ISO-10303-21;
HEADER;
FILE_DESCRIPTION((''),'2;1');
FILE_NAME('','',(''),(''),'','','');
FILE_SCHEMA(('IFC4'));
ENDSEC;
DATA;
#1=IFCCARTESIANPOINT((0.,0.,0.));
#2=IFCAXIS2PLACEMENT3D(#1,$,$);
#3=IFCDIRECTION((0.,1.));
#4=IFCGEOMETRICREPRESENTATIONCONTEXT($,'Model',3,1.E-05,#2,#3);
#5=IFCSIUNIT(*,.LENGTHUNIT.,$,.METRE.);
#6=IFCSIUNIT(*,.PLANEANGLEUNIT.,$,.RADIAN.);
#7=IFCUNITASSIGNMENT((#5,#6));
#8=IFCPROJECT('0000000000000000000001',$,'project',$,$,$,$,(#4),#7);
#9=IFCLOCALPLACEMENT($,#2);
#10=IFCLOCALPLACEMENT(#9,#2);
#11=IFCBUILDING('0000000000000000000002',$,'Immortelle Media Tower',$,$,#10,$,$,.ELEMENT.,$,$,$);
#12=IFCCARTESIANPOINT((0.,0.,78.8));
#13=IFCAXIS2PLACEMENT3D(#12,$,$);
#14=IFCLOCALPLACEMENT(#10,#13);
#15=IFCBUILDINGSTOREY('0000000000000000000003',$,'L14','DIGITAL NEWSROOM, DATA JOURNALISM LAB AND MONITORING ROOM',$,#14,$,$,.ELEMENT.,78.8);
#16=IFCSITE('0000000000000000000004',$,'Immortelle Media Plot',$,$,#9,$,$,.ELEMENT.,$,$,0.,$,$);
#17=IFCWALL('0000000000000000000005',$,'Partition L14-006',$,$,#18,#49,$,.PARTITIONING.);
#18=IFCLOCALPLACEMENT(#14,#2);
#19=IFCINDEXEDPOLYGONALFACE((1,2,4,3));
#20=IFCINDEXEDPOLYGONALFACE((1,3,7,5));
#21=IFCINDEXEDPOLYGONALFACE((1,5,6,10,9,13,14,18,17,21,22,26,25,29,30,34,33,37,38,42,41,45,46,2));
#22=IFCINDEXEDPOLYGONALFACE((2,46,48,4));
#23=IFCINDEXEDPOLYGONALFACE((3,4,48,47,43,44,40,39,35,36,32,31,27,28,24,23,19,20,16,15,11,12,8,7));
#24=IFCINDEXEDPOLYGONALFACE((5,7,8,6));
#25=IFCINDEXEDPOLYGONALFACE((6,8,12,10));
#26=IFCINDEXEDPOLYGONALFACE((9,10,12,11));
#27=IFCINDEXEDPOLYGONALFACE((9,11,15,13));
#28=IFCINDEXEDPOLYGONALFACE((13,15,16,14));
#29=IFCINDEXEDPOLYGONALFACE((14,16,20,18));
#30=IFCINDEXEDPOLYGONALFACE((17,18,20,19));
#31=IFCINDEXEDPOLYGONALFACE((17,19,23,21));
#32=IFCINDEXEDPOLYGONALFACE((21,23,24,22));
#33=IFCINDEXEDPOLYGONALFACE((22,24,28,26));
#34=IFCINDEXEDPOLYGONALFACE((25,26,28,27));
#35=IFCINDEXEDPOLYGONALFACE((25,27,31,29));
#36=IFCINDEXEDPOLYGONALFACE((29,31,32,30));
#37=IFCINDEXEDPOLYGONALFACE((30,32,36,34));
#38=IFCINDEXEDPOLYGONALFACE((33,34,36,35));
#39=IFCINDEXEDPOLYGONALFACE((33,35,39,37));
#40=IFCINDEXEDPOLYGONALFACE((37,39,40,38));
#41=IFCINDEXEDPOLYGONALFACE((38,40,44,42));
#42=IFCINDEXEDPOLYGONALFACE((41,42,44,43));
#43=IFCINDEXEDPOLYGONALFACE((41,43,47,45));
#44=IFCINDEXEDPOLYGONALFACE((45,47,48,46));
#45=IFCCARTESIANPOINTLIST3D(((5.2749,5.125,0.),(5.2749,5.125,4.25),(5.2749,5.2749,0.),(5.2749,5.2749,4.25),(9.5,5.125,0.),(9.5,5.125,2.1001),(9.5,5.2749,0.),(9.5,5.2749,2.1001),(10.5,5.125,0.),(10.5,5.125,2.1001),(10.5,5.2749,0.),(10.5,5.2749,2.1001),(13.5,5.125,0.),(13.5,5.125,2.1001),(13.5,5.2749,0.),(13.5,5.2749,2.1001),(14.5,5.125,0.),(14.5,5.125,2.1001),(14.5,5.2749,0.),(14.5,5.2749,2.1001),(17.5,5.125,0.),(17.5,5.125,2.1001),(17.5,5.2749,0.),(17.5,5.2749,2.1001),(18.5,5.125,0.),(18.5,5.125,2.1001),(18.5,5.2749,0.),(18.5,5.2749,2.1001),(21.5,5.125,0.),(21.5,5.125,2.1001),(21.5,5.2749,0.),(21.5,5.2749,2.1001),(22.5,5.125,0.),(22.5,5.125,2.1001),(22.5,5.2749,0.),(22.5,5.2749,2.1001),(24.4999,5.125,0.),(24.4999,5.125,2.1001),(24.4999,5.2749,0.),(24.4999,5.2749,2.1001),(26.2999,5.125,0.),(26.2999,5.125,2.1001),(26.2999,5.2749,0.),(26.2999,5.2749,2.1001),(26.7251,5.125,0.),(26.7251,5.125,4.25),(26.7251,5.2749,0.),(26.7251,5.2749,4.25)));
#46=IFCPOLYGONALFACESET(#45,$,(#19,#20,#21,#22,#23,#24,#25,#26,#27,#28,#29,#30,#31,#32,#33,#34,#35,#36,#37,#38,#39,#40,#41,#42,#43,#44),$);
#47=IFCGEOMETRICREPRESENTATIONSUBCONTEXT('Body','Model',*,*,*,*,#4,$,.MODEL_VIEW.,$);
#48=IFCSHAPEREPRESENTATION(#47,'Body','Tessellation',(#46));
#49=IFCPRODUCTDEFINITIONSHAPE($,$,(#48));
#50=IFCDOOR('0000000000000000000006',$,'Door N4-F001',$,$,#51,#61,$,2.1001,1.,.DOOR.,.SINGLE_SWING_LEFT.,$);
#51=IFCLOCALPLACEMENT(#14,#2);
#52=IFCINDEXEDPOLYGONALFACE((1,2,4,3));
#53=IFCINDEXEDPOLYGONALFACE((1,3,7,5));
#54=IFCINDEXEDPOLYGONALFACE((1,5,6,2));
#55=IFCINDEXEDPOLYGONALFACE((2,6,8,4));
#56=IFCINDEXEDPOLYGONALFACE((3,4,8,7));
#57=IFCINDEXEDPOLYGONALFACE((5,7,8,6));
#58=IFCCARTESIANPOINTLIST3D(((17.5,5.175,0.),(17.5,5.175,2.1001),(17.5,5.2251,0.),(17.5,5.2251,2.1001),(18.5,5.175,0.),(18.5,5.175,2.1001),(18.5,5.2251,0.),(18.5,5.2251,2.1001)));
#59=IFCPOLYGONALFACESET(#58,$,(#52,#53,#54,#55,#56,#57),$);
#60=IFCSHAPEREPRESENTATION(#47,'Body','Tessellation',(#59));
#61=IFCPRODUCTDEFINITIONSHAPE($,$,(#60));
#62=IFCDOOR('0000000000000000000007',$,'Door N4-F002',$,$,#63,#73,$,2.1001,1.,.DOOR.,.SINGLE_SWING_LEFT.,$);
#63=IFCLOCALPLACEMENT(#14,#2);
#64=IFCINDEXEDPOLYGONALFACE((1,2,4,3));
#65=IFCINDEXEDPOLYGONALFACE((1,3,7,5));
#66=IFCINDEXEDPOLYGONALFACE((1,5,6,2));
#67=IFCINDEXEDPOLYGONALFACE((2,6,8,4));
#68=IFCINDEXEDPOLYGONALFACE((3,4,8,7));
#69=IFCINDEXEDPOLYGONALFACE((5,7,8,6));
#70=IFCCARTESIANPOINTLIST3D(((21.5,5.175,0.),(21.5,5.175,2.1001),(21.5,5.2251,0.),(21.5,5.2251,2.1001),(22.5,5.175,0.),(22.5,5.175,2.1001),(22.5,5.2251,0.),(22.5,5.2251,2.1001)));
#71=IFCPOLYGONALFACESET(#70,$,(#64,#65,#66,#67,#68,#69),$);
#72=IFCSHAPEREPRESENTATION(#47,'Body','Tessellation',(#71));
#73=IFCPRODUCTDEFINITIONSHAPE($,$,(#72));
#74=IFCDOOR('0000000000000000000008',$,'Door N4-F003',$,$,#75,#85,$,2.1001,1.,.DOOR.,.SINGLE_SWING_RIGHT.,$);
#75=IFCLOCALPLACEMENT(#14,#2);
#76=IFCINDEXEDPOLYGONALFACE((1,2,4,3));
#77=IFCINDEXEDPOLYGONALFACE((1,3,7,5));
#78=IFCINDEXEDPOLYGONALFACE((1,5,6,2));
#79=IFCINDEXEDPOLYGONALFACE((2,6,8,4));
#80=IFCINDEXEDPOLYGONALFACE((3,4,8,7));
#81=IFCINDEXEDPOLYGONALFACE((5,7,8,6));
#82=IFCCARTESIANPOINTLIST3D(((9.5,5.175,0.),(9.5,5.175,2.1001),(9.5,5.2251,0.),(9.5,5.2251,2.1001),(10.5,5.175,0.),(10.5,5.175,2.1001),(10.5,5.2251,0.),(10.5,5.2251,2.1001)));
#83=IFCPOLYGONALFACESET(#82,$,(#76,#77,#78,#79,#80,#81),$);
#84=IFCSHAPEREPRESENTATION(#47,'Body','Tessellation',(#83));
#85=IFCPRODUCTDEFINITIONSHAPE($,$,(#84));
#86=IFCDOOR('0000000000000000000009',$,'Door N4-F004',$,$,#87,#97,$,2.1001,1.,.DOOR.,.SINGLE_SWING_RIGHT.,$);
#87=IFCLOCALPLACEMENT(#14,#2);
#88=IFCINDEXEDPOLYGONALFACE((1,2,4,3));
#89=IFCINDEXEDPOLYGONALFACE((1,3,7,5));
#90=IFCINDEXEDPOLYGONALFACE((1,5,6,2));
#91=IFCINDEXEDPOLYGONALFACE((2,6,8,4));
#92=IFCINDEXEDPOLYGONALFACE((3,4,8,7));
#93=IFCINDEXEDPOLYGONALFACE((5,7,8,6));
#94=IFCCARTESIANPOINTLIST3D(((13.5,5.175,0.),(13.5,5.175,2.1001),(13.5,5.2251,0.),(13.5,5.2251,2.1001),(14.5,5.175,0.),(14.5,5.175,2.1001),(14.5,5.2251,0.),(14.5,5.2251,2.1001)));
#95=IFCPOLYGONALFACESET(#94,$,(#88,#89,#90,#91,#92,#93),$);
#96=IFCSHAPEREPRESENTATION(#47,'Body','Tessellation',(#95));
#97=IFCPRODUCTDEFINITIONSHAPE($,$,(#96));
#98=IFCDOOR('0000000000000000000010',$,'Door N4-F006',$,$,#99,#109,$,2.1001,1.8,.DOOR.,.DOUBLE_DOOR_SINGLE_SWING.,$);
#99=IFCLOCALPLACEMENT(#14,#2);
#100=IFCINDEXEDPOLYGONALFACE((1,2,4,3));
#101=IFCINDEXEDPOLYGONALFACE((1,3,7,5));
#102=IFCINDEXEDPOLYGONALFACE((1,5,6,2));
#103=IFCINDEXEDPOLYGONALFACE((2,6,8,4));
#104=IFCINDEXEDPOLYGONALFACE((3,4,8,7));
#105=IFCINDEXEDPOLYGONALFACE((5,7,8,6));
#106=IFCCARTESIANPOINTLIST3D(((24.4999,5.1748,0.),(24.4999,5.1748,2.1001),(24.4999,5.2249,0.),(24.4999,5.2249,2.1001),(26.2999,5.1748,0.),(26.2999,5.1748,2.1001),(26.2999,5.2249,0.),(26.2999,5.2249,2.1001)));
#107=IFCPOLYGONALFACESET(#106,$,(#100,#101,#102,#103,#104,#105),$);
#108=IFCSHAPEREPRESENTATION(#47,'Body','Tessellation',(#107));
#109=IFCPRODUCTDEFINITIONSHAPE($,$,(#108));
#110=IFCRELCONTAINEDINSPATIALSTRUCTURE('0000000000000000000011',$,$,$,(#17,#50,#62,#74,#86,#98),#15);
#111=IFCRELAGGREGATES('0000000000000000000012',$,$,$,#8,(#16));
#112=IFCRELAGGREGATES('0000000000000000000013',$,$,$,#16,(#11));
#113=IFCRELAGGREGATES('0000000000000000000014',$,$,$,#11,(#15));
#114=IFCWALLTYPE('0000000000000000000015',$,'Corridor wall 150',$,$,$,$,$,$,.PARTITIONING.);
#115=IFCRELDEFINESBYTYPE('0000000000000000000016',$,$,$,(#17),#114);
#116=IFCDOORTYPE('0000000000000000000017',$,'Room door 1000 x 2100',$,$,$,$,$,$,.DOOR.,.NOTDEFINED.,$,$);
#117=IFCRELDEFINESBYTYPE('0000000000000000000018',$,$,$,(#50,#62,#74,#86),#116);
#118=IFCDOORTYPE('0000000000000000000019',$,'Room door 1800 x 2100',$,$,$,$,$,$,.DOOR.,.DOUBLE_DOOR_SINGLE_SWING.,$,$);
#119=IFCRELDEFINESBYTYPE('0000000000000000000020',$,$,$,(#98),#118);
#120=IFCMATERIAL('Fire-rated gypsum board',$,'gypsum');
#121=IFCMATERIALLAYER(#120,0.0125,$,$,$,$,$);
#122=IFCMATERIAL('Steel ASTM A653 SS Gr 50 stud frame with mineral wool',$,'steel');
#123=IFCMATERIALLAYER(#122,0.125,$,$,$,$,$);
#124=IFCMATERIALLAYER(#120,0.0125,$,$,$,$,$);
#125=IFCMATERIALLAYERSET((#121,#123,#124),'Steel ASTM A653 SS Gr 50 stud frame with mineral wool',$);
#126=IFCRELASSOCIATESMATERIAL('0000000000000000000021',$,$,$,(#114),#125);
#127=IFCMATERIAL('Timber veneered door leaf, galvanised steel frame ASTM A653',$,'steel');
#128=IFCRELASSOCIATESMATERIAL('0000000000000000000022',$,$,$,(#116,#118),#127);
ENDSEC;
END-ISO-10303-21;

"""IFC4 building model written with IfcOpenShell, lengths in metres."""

from ifc_helpers import new_model, si_unit, direction, frame, frame_2d, origin, place, context, subcontext, project, spatial, rectangle, extrude, material, layer, layer_set, type_object, element, fill, save


model = new_model("IFC4")

# Units and contexts
model_context = context("Model", 3, precision=1e-05, world=origin(), true_north=direction((0.0, 1.0)))
body_context = subcontext(model_context, "Body", "Model", "MODEL_VIEW")
ifc_project = project(units=[si_unit("LENGTHUNIT", "METRE"), si_unit("PLANEANGLEUNIT", "RADIAN")], contexts=[model_context])

# Site, building, storey
site_placement = place(None, origin())
site = spatial("IfcSite", under=ifc_project, at=site_placement, Name="Immortelle Media Plot", CompositionType="ELEMENT", RefElevation=0.0)
building_placement = place(site_placement, origin())
building = spatial("IfcBuilding", under=site, at=building_placement, Name="Immortelle Media Tower", CompositionType="ELEMENT")
storey_placement = place(building_placement, frame((0.0, 0.0, 78.8)))
storey = spatial("IfcBuildingStorey", under=building, at=storey_placement, Name="L14", Description="DIGITAL NEWSROOM, DATA JOURNALISM LAB AND MONITORING ROOM", CompositionType="ELEMENT", Elevation=78.8)

# Wall, openings, doors
ifc_material_1 = material(Name="Fire-rated gypsum board", Category="gypsum")
ifc_layer_1 = layer(ifc_material_1, 0.0125)
ifc_material_2 = material(Name="Steel ASTM A653 SS Gr 50 stud frame with mineral wool", Category="steel")
ifc_layer_2 = layer(ifc_material_2, 0.125)
ifc_layer_3 = layer(ifc_material_1, 0.0125)
ifc_layer_set_1 = layer_set([ifc_layer_1, ifc_layer_2, ifc_layer_3], Name="Steel ASTM A653 SS Gr 50 stud frame with mineral wool")
wall_type_1 = type_object("IfcWallType", Name="Corridor wall 150", PredefinedType="PARTITIONING", material=ifc_layer_set_1)
wall_1_placement = place(storey_placement, frame((5.2749, 5.2, 0.0), z_axis=(0.0, 0.0, 1.0), x_axis=(1.0, 0.0, 0.0)))
wall_1 = element("IfcWall", 1, at=wall_1_placement, inside=storey, type_object=wall_type_1, Name="Partition L14-006", PredefinedType="PARTITIONING", context=body_context, shape_type="SweptSolid", body=[
    extrude(rectangle(XDim=21.4502, YDim=0.1499, at=frame_2d((10.7251, 0.0))), origin(), (0.0, 0.0, 1.0), 4.25),
])
opening_1_placement = place(wall_1_placement, frame((13.2251, 0.0, 0.0), z_axis=(0.0, 0.0, 1.0), x_axis=(-1.0, 0.0, 0.0)))
opening_1 = element("IfcOpeningElement", 2, at=opening_1_placement, cuts=wall_1, PredefinedType="OPENING", context=body_context, shape_type="SweptSolid", body=[
    extrude(rectangle(XDim=1.0, YDim=2.1001, at=frame_2d((0.5, 1.05))), frame((0.0, 0.085, 0.0), z_axis=(0.0, -1.0, 0.0), x_axis=(1.0, 0.0, 0.0)), (0.0, 0.0, 1.0), 0.1699),
])
opening_2_placement = place(wall_1_placement, frame((17.2251, 0.0, 0.0), z_axis=(0.0, 0.0, 1.0), x_axis=(-1.0, 0.0, 0.0)))
opening_2 = element("IfcOpeningElement", 3, at=opening_2_placement, cuts=wall_1, PredefinedType="OPENING", context=body_context, shape_type="SweptSolid", body=[
    extrude(rectangle(XDim=1.0, YDim=2.1001, at=frame_2d((0.5, 1.05))), frame((0.0, 0.085, 0.0), z_axis=(0.0, -1.0, 0.0), x_axis=(1.0, 0.0, 0.0)), (0.0, 0.0, 1.0), 0.1699),
])
opening_3_placement = place(wall_1_placement, frame((5.2251, 0.0, 0.0), z_axis=(0.0, 0.0, 1.0), x_axis=(-1.0, 0.0, 0.0)))
opening_3 = element("IfcOpeningElement", 4, at=opening_3_placement, cuts=wall_1, PredefinedType="OPENING", context=body_context, shape_type="SweptSolid", body=[
    extrude(rectangle(XDim=1.0, YDim=2.1001, at=frame_2d((0.5, 1.05))), frame((0.0, 0.085, 0.0), z_axis=(0.0, -1.0, 0.0), x_axis=(1.0, 0.0, 0.0)), (0.0, 0.0, 1.0), 0.1699),
])
opening_4_placement = place(wall_1_placement, frame((9.2251, 0.0, 0.0), z_axis=(0.0, 0.0, 1.0), x_axis=(-1.0, 0.0, 0.0)))
opening_4 = element("IfcOpeningElement", 5, at=opening_4_placement, cuts=wall_1, PredefinedType="OPENING", context=body_context, shape_type="SweptSolid", body=[
    extrude(rectangle(XDim=1.0, YDim=2.1001, at=frame_2d((0.5, 1.05))), frame((0.0, 0.085, 0.0), z_axis=(0.0, -1.0, 0.0), x_axis=(1.0, 0.0, 0.0)), (0.0, 0.0, 1.0), 0.1699),
])
opening_5_placement = place(wall_1_placement, frame((19.2251, 0.0, 0.0)))
opening_5 = element("IfcOpeningElement", 6, at=opening_5_placement, cuts=wall_1, PredefinedType="OPENING", context=body_context, shape_type="SweptSolid", body=[
    extrude(rectangle(XDim=1.8, YDim=2.1001, at=frame_2d((0.8999, 1.05))), frame((0.0, 0.085, 0.0), z_axis=(0.0, -1.0, 0.0), x_axis=(1.0, 0.0, 0.0)), (0.0, 0.0, 1.0), 0.1699),
])
ifc_material_3 = material(Name="Timber veneered door leaf, galvanised steel frame ASTM A653", Category="steel")
door_type_1 = type_object("IfcDoorType", Name="Room door 1000 x 2100", OperationType="NOTDEFINED", PredefinedType="DOOR", material=ifc_material_3)
door_1_placement = place(opening_1_placement, origin())
door_1 = element("IfcDoor", 7, at=door_1_placement, inside=storey, type_object=door_type_1, Name="Door N4-F001", OperationType="SINGLE_SWING_LEFT", OverallHeight=2.1001, OverallWidth=1.0, PredefinedType="DOOR", context=body_context, shape_type="SweptSolid", body=[
    extrude(rectangle(XDim=1.0, YDim=2.1001, at=frame_2d((0.5, 1.05))), frame((0.0, 0.0249, 0.0), z_axis=(0.0, -1.0, 0.0), x_axis=(1.0, 0.0, 0.0)), (0.0, 0.0, 1.0), 0.05),
])
fill(opening_1, door_1)
door_2_placement = place(opening_2_placement, origin())
door_2 = element("IfcDoor", 8, at=door_2_placement, inside=storey, type_object=door_type_1, Name="Door N4-F002", OperationType="SINGLE_SWING_LEFT", OverallHeight=2.1001, OverallWidth=1.0, PredefinedType="DOOR", context=body_context, shape_type="SweptSolid", body=[
    extrude(rectangle(XDim=1.0, YDim=2.1001, at=frame_2d((0.5, 1.05))), frame((0.0, 0.0249, 0.0), z_axis=(0.0, -1.0, 0.0), x_axis=(1.0, 0.0, 0.0)), (0.0, 0.0, 1.0), 0.05),
])
fill(opening_2, door_2)
door_3_placement = place(opening_3_placement, origin())
door_3 = element("IfcDoor", 9, at=door_3_placement, inside=storey, type_object=door_type_1, Name="Door N4-F003", OperationType="SINGLE_SWING_RIGHT", OverallHeight=2.1001, OverallWidth=1.0, PredefinedType="DOOR", context=body_context, shape_type="SweptSolid", body=[
    extrude(rectangle(XDim=1.0, YDim=2.1001, at=frame_2d((0.5, 1.05))), frame((0.0, 0.0249, 0.0), z_axis=(0.0, -1.0, 0.0), x_axis=(1.0, 0.0, 0.0)), (0.0, 0.0, 1.0), 0.05),
])
fill(opening_3, door_3)
door_4_placement = place(opening_4_placement, origin())
door_4 = element("IfcDoor", 10, at=door_4_placement, inside=storey, type_object=door_type_1, Name="Door N4-F004", OperationType="SINGLE_SWING_RIGHT", OverallHeight=2.1001, OverallWidth=1.0, PredefinedType="DOOR", context=body_context, shape_type="SweptSolid", body=[
    extrude(rectangle(XDim=1.0, YDim=2.1001, at=frame_2d((0.5, 1.05))), frame((0.0, 0.0249, 0.0), z_axis=(0.0, -1.0, 0.0), x_axis=(1.0, 0.0, 0.0)), (0.0, 0.0, 1.0), 0.05),
])
fill(opening_4, door_4)
door_type_2 = type_object("IfcDoorType", Name="Room door 1800 x 2100", OperationType="DOUBLE_DOOR_SINGLE_SWING", PredefinedType="DOOR", material=ifc_material_3)
door_5_placement = place(opening_5_placement, origin())
door_5 = element("IfcDoor", 11, at=door_5_placement, inside=storey, type_object=door_type_2, Name="Door N4-F006", OperationType="DOUBLE_DOOR_SINGLE_SWING", OverallHeight=2.1001, OverallWidth=1.8, PredefinedType="DOOR", context=body_context, shape_type="SweptSolid", body=[
    extrude(rectangle(XDim=1.8, YDim=2.1001, at=frame_2d((0.8999, 1.05))), frame((0.0, 0.0249, 0.0), z_axis=(0.0, -1.0, 0.0), x_axis=(1.0, 0.0, 0.0)), (0.0, 0.0, 1.0), 0.05),
])
fill(opening_5, door_5)

save(model, "model.ifc")
